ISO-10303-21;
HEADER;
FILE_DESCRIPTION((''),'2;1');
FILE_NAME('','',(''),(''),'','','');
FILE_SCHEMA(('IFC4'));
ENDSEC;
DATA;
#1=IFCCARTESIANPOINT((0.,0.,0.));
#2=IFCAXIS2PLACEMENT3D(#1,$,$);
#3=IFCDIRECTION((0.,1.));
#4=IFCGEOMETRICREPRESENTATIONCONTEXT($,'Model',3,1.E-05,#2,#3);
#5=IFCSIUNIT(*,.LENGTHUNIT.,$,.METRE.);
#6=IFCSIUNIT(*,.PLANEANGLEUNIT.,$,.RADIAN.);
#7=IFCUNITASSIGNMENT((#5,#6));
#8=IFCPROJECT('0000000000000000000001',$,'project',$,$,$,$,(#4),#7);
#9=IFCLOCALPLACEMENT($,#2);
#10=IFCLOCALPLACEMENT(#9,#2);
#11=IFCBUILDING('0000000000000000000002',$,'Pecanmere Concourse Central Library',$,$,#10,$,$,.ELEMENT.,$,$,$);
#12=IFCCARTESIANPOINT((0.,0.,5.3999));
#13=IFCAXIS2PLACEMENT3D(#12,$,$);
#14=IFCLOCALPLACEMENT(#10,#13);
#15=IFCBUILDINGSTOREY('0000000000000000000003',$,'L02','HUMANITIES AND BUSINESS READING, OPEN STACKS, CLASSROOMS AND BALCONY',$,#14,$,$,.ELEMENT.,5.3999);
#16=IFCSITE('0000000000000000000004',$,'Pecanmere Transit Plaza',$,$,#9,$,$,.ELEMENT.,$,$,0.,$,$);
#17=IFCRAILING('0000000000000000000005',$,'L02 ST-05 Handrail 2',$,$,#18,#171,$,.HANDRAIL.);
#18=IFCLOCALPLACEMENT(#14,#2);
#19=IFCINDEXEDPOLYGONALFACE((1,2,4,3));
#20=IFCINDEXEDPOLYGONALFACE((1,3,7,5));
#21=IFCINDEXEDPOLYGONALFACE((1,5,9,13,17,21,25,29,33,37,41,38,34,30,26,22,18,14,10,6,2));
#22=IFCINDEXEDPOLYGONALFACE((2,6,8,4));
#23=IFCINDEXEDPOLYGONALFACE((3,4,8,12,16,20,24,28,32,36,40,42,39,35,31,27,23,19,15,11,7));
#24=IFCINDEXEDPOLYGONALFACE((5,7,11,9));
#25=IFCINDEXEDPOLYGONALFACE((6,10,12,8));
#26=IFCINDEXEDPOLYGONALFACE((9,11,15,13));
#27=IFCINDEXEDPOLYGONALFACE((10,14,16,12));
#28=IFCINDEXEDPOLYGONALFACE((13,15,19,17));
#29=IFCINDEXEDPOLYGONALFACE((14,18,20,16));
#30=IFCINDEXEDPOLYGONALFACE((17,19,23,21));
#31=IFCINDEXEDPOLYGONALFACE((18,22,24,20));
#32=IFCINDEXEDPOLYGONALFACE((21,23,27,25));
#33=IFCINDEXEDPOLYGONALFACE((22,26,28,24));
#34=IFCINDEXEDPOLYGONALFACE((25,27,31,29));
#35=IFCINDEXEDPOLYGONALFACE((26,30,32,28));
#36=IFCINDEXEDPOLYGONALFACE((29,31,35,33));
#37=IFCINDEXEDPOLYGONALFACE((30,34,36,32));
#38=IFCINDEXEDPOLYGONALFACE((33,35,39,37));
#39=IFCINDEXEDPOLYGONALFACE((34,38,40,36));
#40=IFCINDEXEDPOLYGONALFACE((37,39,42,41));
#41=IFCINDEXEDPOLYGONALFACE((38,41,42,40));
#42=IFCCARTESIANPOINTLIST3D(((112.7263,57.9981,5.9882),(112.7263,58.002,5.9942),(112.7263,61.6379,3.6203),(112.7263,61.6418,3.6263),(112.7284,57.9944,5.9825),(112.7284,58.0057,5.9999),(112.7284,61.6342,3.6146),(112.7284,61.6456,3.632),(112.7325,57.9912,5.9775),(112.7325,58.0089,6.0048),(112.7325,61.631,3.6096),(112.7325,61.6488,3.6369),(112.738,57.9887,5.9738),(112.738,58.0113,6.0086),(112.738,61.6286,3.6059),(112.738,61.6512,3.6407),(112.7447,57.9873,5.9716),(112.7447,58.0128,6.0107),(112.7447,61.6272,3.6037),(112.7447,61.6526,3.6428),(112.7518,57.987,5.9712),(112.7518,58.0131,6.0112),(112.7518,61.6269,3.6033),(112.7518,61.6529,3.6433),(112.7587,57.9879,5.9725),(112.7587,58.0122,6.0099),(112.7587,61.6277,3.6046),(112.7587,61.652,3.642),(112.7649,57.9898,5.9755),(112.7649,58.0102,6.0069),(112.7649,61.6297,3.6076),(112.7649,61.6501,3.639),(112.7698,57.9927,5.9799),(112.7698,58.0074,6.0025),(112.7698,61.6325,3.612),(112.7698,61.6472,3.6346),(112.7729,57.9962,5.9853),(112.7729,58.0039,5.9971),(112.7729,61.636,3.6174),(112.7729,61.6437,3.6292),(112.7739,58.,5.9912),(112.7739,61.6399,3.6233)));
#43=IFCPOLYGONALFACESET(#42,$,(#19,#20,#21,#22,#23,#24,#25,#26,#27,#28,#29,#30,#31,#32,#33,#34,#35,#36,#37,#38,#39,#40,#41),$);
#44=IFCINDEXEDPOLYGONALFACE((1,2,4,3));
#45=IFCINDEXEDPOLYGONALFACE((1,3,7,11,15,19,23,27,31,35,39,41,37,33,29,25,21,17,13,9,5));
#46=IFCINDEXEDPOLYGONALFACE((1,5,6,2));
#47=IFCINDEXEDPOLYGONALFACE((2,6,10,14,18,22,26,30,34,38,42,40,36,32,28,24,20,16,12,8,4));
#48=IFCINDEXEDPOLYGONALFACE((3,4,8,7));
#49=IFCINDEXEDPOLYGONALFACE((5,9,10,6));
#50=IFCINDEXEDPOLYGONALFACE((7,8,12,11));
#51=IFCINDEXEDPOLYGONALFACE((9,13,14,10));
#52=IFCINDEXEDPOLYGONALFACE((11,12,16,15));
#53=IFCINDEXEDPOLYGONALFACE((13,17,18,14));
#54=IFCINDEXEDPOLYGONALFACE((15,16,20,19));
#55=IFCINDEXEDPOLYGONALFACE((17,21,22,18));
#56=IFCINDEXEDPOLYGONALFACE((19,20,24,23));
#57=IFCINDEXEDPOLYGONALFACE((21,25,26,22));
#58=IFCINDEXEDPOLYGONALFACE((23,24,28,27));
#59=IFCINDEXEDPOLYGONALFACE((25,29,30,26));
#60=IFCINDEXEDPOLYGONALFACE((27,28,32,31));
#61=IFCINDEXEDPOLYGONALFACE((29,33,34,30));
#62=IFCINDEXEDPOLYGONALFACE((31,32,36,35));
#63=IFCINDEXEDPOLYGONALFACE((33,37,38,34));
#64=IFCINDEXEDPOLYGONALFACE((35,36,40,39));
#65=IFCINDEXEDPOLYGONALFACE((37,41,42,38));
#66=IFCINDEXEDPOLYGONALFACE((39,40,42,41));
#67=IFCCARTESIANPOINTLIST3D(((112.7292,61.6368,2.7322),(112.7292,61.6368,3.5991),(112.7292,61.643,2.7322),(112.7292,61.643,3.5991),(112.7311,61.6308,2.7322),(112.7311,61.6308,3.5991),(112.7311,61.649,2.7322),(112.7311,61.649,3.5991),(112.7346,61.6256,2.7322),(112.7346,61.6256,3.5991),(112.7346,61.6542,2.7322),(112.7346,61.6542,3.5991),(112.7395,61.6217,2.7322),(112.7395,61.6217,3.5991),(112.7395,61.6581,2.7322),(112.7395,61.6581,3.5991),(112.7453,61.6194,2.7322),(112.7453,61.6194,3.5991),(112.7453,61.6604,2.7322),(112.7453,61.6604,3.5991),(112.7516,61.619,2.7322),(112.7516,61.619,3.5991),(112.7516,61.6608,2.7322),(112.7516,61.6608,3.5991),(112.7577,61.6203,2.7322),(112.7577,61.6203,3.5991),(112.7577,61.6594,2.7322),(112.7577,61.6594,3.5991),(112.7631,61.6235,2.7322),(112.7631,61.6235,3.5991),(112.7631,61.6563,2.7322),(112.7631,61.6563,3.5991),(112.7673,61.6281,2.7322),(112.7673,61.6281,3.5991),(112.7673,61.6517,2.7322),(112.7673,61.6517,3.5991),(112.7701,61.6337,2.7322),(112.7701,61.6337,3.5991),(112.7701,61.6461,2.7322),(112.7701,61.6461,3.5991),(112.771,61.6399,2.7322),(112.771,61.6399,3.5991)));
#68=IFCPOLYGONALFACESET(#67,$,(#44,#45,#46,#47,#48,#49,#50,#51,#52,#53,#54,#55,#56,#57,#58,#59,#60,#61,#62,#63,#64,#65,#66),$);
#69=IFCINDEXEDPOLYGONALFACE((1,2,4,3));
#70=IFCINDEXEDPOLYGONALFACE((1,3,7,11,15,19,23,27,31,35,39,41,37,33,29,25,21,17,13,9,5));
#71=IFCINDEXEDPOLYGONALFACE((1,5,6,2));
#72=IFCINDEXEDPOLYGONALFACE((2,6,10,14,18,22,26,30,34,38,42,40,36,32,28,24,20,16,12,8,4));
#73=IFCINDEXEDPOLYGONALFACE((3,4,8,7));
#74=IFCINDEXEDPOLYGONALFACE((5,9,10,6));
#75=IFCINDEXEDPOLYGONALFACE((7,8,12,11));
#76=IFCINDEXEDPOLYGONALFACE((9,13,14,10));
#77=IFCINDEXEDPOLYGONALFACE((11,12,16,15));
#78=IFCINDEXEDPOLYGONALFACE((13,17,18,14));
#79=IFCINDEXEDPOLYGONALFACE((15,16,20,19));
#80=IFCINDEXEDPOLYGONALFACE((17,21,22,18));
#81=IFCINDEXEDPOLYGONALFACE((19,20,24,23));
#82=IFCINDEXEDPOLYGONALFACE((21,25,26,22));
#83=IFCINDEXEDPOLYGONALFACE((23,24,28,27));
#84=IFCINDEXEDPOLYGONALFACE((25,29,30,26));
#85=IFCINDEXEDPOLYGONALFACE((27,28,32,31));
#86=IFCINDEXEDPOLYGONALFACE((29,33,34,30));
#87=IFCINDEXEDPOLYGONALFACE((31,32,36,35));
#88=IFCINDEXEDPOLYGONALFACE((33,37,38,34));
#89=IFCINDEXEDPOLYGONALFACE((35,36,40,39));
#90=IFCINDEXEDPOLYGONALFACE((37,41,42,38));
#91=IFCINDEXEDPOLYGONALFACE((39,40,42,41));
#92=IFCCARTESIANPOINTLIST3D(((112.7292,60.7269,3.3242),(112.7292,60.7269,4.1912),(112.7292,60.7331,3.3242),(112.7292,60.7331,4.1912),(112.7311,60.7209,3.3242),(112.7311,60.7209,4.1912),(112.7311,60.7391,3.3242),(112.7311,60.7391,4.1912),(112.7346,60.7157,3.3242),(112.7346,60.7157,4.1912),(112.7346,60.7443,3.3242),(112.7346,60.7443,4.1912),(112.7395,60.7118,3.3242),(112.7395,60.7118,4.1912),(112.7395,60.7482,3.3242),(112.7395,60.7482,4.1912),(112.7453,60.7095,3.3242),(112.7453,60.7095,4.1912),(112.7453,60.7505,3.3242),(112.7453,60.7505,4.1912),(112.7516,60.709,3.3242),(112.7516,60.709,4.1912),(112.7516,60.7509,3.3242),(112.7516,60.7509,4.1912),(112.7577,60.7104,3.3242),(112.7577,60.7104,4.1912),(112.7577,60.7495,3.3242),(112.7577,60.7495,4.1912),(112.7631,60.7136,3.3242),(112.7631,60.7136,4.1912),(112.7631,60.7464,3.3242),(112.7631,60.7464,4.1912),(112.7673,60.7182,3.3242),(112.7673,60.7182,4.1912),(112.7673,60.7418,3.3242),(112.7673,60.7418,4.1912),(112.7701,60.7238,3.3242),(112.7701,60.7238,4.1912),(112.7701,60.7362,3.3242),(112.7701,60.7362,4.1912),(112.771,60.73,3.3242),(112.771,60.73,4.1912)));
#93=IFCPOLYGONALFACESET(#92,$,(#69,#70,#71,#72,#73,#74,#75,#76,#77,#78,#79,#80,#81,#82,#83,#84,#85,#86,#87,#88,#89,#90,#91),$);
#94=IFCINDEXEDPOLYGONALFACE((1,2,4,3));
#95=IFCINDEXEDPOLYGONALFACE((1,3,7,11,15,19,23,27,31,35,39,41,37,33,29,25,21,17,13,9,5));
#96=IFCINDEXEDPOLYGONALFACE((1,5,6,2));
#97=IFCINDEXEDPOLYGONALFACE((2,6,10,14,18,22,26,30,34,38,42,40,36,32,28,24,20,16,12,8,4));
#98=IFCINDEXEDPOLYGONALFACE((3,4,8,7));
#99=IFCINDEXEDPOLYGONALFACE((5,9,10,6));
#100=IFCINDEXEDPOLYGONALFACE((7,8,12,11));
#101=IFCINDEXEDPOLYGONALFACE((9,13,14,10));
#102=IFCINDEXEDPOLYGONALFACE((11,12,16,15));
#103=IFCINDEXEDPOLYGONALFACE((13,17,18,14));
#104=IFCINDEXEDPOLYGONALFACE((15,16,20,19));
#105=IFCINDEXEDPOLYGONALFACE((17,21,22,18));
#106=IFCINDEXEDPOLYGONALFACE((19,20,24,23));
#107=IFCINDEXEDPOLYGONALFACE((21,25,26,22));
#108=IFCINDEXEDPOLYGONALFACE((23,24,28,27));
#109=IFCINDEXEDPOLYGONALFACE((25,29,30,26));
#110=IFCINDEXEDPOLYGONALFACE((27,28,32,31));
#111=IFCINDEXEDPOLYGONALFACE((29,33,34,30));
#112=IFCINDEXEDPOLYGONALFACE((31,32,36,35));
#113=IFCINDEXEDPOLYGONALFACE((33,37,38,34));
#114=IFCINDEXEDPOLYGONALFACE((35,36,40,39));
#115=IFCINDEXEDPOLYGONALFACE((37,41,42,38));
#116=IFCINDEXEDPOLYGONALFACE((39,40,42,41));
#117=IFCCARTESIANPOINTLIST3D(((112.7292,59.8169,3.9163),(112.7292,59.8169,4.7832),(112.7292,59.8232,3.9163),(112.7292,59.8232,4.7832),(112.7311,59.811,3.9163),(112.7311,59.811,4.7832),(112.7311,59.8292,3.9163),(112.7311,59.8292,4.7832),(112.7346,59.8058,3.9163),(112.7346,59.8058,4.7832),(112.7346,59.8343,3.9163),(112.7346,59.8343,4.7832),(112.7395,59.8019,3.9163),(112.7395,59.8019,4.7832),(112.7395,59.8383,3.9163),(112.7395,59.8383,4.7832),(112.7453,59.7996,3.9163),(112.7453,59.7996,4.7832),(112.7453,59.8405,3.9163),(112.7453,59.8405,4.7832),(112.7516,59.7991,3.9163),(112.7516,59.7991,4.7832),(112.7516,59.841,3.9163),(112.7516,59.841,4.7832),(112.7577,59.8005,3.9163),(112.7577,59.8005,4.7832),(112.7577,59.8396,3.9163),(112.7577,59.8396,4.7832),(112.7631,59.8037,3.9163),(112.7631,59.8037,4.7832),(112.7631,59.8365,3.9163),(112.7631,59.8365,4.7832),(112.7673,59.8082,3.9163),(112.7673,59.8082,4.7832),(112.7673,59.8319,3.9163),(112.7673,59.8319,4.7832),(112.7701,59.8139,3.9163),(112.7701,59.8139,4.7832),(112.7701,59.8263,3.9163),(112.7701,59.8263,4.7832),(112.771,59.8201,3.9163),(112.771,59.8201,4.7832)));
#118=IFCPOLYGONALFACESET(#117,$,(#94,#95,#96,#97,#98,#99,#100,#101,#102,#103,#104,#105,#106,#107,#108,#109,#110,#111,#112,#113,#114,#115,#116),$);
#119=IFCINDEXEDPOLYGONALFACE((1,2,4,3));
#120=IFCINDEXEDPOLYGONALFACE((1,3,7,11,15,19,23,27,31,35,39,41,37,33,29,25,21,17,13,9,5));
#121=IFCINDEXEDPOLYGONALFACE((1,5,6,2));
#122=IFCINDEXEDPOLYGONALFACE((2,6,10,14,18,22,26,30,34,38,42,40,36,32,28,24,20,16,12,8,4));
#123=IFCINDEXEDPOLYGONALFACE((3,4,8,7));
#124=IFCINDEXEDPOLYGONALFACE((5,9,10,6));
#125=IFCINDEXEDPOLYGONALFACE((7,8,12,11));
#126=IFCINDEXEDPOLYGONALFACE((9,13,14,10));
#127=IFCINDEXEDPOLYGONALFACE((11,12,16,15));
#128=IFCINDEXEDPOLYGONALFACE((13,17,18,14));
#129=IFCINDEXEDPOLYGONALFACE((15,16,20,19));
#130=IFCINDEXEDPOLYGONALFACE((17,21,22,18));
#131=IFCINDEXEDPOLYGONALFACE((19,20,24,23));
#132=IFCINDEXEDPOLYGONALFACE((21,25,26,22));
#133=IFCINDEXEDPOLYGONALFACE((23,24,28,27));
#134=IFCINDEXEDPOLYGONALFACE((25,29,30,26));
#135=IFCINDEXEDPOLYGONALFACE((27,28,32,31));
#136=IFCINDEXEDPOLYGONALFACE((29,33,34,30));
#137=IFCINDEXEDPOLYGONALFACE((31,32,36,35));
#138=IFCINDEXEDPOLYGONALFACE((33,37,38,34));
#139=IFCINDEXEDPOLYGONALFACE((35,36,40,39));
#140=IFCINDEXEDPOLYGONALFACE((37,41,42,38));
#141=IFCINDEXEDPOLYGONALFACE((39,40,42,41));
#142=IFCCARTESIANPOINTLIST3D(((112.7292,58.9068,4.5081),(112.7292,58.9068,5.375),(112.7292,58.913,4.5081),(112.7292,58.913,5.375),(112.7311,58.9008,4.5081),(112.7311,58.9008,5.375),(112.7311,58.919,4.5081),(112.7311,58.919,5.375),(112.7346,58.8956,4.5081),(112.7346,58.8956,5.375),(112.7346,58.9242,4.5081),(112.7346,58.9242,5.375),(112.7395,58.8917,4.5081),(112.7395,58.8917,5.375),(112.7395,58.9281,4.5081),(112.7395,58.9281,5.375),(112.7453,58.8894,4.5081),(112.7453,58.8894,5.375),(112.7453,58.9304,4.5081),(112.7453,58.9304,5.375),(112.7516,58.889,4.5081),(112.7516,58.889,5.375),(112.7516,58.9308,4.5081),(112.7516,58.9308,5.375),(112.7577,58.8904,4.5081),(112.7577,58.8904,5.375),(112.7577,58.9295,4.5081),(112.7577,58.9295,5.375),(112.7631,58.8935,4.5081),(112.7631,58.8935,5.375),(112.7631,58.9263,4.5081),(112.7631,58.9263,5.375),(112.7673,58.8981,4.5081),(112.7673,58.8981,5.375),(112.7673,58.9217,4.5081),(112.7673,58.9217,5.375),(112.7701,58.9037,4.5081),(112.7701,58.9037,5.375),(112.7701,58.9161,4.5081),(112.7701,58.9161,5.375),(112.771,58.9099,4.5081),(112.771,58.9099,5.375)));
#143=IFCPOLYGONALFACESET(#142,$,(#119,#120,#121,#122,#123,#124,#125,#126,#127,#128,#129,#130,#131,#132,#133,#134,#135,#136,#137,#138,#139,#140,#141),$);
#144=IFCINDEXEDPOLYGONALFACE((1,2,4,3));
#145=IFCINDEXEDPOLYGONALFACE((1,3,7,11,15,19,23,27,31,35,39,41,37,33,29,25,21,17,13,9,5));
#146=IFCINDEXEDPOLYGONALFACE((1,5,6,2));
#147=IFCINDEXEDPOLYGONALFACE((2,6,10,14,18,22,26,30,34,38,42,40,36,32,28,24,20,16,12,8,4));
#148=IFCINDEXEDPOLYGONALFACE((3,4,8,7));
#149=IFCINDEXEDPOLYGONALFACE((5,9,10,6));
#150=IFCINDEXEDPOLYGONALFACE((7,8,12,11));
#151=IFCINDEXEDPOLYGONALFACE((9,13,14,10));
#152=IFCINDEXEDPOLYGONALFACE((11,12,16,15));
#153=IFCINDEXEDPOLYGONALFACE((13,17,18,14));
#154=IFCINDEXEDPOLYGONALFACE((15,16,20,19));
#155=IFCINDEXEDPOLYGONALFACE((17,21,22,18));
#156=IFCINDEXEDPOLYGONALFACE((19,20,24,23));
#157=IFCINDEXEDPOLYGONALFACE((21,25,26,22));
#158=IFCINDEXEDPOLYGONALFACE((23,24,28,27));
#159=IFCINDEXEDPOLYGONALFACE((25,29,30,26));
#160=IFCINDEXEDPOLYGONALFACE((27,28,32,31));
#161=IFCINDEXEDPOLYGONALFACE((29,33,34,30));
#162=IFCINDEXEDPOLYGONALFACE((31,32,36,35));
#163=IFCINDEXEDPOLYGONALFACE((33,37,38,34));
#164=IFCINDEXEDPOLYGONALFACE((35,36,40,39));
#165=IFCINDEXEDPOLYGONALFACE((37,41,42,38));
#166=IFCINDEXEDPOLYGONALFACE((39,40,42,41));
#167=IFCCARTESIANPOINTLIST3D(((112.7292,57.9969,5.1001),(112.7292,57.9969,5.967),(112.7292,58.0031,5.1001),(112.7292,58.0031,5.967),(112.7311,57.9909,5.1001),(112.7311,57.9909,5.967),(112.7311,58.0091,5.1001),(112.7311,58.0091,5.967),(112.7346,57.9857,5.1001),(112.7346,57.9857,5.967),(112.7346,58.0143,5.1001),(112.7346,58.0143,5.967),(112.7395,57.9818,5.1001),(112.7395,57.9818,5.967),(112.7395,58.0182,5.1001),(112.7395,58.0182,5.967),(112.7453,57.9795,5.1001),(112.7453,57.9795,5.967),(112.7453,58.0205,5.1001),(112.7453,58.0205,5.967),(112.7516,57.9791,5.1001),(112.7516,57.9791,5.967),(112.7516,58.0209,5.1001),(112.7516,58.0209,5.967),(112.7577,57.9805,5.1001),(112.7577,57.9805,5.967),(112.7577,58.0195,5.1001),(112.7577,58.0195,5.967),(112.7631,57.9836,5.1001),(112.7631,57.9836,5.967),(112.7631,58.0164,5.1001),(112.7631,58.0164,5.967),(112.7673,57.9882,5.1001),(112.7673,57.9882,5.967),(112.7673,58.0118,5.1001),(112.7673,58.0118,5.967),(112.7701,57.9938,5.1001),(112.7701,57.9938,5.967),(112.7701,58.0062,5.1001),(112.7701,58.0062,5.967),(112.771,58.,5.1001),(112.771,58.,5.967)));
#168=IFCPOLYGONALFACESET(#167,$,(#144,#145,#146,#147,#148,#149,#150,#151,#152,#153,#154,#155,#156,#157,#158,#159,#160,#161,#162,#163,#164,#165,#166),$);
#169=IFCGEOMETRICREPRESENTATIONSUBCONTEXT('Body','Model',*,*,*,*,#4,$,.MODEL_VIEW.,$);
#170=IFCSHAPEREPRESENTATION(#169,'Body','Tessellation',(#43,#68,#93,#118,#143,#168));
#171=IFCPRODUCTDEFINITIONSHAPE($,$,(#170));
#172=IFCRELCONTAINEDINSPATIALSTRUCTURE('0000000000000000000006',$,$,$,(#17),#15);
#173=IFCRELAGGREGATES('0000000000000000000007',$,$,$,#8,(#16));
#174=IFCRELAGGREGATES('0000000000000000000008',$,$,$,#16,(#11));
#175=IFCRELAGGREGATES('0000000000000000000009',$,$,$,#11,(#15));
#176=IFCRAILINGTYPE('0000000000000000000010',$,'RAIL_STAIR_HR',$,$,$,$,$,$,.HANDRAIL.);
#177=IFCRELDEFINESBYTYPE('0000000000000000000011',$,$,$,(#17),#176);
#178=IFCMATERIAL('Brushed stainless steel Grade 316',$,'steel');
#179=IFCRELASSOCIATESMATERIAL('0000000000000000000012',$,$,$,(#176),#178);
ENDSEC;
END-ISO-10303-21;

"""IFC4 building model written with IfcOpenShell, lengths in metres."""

from ifc_helpers import new_model, si_unit, direction, frame, origin, origin_2d, place, context, subcontext, project, spatial, circle, extrude, material, type_object, element, save


model = new_model("IFC4")

# Units and contexts
model_context = context("Model", 3, precision=1e-05, world=origin(), true_north=direction((0.0, 1.0)))
body_context = subcontext(model_context, "Body", "Model", "MODEL_VIEW")
ifc_project = project(units=[si_unit("LENGTHUNIT", "METRE"), si_unit("PLANEANGLEUNIT", "RADIAN")], contexts=[model_context])

# Site, building, storey
site_placement = place(None, origin())
site = spatial("IfcSite", under=ifc_project, at=site_placement, Name="Pecanmere Transit Plaza", CompositionType="ELEMENT", RefElevation=0.0)
building_placement = place(site_placement, origin())
building = spatial("IfcBuilding", under=site, at=building_placement, Name="Pecanmere Concourse Central Library", CompositionType="ELEMENT")
storey_placement = place(building_placement, frame((0.0, 0.0, 5.3999)))
storey = spatial("IfcBuildingStorey", under=building, at=storey_placement, Name="L02", Description="HUMANITIES AND BUSINESS READING, OPEN STACKS, CLASSROOMS AND BALCONY", CompositionType="ELEMENT", Elevation=5.3999)

# Railing
ifc_material_1 = material(Name="Brushed stainless steel Grade 316", Category="steel")
railing_type_1 = type_object("IfcRailingType", Name="RAIL_STAIR_HR", PredefinedType="HANDRAIL", material=ifc_material_1)
railing_1_placement = place(storey_placement, frame((112.75, 61.6399, 2.7322)))
element("IfcRailing", 1, at=railing_1_placement, inside=storey, type_object=railing_type_1, Name="L02 ST-05 Handrail 2", PredefinedType="HANDRAIL", context=body_context, shape_type="SweptSolid", body=[
    extrude(circle(Radius=0.0239, at=origin_2d()), frame((0.0, 0.0, 0.8911), z_axis=(0.0, -0.838234, 0.54531), x_axis=(1.0, 0.0, 0.0)), (0.0, 0.0, 1.0), 4.3423),
    extrude(circle(Radius=0.021, at=origin_2d()), origin(), (0.0, 0.0, 1.0), 0.8669),
    extrude(circle(Radius=0.021, at=origin_2d()), frame((0.0, -0.9099, 0.592)), (0.0, 0.0, 1.0), 0.8669),
    extrude(circle(Radius=0.021, at=origin_2d()), frame((0.0, -1.8198, 1.1841)), (0.0, 0.0, 1.0), 0.8669),
    extrude(circle(Radius=0.021, at=origin_2d()), frame((0.0, -2.73, 1.7759)), (0.0, 0.0, 1.0), 0.8669),
    extrude(circle(Radius=0.021, at=origin_2d()), frame((0.0, -3.6399, 2.3679)), (0.0, 0.0, 1.0), 0.8669),
])

save(model, "model.ifc")
